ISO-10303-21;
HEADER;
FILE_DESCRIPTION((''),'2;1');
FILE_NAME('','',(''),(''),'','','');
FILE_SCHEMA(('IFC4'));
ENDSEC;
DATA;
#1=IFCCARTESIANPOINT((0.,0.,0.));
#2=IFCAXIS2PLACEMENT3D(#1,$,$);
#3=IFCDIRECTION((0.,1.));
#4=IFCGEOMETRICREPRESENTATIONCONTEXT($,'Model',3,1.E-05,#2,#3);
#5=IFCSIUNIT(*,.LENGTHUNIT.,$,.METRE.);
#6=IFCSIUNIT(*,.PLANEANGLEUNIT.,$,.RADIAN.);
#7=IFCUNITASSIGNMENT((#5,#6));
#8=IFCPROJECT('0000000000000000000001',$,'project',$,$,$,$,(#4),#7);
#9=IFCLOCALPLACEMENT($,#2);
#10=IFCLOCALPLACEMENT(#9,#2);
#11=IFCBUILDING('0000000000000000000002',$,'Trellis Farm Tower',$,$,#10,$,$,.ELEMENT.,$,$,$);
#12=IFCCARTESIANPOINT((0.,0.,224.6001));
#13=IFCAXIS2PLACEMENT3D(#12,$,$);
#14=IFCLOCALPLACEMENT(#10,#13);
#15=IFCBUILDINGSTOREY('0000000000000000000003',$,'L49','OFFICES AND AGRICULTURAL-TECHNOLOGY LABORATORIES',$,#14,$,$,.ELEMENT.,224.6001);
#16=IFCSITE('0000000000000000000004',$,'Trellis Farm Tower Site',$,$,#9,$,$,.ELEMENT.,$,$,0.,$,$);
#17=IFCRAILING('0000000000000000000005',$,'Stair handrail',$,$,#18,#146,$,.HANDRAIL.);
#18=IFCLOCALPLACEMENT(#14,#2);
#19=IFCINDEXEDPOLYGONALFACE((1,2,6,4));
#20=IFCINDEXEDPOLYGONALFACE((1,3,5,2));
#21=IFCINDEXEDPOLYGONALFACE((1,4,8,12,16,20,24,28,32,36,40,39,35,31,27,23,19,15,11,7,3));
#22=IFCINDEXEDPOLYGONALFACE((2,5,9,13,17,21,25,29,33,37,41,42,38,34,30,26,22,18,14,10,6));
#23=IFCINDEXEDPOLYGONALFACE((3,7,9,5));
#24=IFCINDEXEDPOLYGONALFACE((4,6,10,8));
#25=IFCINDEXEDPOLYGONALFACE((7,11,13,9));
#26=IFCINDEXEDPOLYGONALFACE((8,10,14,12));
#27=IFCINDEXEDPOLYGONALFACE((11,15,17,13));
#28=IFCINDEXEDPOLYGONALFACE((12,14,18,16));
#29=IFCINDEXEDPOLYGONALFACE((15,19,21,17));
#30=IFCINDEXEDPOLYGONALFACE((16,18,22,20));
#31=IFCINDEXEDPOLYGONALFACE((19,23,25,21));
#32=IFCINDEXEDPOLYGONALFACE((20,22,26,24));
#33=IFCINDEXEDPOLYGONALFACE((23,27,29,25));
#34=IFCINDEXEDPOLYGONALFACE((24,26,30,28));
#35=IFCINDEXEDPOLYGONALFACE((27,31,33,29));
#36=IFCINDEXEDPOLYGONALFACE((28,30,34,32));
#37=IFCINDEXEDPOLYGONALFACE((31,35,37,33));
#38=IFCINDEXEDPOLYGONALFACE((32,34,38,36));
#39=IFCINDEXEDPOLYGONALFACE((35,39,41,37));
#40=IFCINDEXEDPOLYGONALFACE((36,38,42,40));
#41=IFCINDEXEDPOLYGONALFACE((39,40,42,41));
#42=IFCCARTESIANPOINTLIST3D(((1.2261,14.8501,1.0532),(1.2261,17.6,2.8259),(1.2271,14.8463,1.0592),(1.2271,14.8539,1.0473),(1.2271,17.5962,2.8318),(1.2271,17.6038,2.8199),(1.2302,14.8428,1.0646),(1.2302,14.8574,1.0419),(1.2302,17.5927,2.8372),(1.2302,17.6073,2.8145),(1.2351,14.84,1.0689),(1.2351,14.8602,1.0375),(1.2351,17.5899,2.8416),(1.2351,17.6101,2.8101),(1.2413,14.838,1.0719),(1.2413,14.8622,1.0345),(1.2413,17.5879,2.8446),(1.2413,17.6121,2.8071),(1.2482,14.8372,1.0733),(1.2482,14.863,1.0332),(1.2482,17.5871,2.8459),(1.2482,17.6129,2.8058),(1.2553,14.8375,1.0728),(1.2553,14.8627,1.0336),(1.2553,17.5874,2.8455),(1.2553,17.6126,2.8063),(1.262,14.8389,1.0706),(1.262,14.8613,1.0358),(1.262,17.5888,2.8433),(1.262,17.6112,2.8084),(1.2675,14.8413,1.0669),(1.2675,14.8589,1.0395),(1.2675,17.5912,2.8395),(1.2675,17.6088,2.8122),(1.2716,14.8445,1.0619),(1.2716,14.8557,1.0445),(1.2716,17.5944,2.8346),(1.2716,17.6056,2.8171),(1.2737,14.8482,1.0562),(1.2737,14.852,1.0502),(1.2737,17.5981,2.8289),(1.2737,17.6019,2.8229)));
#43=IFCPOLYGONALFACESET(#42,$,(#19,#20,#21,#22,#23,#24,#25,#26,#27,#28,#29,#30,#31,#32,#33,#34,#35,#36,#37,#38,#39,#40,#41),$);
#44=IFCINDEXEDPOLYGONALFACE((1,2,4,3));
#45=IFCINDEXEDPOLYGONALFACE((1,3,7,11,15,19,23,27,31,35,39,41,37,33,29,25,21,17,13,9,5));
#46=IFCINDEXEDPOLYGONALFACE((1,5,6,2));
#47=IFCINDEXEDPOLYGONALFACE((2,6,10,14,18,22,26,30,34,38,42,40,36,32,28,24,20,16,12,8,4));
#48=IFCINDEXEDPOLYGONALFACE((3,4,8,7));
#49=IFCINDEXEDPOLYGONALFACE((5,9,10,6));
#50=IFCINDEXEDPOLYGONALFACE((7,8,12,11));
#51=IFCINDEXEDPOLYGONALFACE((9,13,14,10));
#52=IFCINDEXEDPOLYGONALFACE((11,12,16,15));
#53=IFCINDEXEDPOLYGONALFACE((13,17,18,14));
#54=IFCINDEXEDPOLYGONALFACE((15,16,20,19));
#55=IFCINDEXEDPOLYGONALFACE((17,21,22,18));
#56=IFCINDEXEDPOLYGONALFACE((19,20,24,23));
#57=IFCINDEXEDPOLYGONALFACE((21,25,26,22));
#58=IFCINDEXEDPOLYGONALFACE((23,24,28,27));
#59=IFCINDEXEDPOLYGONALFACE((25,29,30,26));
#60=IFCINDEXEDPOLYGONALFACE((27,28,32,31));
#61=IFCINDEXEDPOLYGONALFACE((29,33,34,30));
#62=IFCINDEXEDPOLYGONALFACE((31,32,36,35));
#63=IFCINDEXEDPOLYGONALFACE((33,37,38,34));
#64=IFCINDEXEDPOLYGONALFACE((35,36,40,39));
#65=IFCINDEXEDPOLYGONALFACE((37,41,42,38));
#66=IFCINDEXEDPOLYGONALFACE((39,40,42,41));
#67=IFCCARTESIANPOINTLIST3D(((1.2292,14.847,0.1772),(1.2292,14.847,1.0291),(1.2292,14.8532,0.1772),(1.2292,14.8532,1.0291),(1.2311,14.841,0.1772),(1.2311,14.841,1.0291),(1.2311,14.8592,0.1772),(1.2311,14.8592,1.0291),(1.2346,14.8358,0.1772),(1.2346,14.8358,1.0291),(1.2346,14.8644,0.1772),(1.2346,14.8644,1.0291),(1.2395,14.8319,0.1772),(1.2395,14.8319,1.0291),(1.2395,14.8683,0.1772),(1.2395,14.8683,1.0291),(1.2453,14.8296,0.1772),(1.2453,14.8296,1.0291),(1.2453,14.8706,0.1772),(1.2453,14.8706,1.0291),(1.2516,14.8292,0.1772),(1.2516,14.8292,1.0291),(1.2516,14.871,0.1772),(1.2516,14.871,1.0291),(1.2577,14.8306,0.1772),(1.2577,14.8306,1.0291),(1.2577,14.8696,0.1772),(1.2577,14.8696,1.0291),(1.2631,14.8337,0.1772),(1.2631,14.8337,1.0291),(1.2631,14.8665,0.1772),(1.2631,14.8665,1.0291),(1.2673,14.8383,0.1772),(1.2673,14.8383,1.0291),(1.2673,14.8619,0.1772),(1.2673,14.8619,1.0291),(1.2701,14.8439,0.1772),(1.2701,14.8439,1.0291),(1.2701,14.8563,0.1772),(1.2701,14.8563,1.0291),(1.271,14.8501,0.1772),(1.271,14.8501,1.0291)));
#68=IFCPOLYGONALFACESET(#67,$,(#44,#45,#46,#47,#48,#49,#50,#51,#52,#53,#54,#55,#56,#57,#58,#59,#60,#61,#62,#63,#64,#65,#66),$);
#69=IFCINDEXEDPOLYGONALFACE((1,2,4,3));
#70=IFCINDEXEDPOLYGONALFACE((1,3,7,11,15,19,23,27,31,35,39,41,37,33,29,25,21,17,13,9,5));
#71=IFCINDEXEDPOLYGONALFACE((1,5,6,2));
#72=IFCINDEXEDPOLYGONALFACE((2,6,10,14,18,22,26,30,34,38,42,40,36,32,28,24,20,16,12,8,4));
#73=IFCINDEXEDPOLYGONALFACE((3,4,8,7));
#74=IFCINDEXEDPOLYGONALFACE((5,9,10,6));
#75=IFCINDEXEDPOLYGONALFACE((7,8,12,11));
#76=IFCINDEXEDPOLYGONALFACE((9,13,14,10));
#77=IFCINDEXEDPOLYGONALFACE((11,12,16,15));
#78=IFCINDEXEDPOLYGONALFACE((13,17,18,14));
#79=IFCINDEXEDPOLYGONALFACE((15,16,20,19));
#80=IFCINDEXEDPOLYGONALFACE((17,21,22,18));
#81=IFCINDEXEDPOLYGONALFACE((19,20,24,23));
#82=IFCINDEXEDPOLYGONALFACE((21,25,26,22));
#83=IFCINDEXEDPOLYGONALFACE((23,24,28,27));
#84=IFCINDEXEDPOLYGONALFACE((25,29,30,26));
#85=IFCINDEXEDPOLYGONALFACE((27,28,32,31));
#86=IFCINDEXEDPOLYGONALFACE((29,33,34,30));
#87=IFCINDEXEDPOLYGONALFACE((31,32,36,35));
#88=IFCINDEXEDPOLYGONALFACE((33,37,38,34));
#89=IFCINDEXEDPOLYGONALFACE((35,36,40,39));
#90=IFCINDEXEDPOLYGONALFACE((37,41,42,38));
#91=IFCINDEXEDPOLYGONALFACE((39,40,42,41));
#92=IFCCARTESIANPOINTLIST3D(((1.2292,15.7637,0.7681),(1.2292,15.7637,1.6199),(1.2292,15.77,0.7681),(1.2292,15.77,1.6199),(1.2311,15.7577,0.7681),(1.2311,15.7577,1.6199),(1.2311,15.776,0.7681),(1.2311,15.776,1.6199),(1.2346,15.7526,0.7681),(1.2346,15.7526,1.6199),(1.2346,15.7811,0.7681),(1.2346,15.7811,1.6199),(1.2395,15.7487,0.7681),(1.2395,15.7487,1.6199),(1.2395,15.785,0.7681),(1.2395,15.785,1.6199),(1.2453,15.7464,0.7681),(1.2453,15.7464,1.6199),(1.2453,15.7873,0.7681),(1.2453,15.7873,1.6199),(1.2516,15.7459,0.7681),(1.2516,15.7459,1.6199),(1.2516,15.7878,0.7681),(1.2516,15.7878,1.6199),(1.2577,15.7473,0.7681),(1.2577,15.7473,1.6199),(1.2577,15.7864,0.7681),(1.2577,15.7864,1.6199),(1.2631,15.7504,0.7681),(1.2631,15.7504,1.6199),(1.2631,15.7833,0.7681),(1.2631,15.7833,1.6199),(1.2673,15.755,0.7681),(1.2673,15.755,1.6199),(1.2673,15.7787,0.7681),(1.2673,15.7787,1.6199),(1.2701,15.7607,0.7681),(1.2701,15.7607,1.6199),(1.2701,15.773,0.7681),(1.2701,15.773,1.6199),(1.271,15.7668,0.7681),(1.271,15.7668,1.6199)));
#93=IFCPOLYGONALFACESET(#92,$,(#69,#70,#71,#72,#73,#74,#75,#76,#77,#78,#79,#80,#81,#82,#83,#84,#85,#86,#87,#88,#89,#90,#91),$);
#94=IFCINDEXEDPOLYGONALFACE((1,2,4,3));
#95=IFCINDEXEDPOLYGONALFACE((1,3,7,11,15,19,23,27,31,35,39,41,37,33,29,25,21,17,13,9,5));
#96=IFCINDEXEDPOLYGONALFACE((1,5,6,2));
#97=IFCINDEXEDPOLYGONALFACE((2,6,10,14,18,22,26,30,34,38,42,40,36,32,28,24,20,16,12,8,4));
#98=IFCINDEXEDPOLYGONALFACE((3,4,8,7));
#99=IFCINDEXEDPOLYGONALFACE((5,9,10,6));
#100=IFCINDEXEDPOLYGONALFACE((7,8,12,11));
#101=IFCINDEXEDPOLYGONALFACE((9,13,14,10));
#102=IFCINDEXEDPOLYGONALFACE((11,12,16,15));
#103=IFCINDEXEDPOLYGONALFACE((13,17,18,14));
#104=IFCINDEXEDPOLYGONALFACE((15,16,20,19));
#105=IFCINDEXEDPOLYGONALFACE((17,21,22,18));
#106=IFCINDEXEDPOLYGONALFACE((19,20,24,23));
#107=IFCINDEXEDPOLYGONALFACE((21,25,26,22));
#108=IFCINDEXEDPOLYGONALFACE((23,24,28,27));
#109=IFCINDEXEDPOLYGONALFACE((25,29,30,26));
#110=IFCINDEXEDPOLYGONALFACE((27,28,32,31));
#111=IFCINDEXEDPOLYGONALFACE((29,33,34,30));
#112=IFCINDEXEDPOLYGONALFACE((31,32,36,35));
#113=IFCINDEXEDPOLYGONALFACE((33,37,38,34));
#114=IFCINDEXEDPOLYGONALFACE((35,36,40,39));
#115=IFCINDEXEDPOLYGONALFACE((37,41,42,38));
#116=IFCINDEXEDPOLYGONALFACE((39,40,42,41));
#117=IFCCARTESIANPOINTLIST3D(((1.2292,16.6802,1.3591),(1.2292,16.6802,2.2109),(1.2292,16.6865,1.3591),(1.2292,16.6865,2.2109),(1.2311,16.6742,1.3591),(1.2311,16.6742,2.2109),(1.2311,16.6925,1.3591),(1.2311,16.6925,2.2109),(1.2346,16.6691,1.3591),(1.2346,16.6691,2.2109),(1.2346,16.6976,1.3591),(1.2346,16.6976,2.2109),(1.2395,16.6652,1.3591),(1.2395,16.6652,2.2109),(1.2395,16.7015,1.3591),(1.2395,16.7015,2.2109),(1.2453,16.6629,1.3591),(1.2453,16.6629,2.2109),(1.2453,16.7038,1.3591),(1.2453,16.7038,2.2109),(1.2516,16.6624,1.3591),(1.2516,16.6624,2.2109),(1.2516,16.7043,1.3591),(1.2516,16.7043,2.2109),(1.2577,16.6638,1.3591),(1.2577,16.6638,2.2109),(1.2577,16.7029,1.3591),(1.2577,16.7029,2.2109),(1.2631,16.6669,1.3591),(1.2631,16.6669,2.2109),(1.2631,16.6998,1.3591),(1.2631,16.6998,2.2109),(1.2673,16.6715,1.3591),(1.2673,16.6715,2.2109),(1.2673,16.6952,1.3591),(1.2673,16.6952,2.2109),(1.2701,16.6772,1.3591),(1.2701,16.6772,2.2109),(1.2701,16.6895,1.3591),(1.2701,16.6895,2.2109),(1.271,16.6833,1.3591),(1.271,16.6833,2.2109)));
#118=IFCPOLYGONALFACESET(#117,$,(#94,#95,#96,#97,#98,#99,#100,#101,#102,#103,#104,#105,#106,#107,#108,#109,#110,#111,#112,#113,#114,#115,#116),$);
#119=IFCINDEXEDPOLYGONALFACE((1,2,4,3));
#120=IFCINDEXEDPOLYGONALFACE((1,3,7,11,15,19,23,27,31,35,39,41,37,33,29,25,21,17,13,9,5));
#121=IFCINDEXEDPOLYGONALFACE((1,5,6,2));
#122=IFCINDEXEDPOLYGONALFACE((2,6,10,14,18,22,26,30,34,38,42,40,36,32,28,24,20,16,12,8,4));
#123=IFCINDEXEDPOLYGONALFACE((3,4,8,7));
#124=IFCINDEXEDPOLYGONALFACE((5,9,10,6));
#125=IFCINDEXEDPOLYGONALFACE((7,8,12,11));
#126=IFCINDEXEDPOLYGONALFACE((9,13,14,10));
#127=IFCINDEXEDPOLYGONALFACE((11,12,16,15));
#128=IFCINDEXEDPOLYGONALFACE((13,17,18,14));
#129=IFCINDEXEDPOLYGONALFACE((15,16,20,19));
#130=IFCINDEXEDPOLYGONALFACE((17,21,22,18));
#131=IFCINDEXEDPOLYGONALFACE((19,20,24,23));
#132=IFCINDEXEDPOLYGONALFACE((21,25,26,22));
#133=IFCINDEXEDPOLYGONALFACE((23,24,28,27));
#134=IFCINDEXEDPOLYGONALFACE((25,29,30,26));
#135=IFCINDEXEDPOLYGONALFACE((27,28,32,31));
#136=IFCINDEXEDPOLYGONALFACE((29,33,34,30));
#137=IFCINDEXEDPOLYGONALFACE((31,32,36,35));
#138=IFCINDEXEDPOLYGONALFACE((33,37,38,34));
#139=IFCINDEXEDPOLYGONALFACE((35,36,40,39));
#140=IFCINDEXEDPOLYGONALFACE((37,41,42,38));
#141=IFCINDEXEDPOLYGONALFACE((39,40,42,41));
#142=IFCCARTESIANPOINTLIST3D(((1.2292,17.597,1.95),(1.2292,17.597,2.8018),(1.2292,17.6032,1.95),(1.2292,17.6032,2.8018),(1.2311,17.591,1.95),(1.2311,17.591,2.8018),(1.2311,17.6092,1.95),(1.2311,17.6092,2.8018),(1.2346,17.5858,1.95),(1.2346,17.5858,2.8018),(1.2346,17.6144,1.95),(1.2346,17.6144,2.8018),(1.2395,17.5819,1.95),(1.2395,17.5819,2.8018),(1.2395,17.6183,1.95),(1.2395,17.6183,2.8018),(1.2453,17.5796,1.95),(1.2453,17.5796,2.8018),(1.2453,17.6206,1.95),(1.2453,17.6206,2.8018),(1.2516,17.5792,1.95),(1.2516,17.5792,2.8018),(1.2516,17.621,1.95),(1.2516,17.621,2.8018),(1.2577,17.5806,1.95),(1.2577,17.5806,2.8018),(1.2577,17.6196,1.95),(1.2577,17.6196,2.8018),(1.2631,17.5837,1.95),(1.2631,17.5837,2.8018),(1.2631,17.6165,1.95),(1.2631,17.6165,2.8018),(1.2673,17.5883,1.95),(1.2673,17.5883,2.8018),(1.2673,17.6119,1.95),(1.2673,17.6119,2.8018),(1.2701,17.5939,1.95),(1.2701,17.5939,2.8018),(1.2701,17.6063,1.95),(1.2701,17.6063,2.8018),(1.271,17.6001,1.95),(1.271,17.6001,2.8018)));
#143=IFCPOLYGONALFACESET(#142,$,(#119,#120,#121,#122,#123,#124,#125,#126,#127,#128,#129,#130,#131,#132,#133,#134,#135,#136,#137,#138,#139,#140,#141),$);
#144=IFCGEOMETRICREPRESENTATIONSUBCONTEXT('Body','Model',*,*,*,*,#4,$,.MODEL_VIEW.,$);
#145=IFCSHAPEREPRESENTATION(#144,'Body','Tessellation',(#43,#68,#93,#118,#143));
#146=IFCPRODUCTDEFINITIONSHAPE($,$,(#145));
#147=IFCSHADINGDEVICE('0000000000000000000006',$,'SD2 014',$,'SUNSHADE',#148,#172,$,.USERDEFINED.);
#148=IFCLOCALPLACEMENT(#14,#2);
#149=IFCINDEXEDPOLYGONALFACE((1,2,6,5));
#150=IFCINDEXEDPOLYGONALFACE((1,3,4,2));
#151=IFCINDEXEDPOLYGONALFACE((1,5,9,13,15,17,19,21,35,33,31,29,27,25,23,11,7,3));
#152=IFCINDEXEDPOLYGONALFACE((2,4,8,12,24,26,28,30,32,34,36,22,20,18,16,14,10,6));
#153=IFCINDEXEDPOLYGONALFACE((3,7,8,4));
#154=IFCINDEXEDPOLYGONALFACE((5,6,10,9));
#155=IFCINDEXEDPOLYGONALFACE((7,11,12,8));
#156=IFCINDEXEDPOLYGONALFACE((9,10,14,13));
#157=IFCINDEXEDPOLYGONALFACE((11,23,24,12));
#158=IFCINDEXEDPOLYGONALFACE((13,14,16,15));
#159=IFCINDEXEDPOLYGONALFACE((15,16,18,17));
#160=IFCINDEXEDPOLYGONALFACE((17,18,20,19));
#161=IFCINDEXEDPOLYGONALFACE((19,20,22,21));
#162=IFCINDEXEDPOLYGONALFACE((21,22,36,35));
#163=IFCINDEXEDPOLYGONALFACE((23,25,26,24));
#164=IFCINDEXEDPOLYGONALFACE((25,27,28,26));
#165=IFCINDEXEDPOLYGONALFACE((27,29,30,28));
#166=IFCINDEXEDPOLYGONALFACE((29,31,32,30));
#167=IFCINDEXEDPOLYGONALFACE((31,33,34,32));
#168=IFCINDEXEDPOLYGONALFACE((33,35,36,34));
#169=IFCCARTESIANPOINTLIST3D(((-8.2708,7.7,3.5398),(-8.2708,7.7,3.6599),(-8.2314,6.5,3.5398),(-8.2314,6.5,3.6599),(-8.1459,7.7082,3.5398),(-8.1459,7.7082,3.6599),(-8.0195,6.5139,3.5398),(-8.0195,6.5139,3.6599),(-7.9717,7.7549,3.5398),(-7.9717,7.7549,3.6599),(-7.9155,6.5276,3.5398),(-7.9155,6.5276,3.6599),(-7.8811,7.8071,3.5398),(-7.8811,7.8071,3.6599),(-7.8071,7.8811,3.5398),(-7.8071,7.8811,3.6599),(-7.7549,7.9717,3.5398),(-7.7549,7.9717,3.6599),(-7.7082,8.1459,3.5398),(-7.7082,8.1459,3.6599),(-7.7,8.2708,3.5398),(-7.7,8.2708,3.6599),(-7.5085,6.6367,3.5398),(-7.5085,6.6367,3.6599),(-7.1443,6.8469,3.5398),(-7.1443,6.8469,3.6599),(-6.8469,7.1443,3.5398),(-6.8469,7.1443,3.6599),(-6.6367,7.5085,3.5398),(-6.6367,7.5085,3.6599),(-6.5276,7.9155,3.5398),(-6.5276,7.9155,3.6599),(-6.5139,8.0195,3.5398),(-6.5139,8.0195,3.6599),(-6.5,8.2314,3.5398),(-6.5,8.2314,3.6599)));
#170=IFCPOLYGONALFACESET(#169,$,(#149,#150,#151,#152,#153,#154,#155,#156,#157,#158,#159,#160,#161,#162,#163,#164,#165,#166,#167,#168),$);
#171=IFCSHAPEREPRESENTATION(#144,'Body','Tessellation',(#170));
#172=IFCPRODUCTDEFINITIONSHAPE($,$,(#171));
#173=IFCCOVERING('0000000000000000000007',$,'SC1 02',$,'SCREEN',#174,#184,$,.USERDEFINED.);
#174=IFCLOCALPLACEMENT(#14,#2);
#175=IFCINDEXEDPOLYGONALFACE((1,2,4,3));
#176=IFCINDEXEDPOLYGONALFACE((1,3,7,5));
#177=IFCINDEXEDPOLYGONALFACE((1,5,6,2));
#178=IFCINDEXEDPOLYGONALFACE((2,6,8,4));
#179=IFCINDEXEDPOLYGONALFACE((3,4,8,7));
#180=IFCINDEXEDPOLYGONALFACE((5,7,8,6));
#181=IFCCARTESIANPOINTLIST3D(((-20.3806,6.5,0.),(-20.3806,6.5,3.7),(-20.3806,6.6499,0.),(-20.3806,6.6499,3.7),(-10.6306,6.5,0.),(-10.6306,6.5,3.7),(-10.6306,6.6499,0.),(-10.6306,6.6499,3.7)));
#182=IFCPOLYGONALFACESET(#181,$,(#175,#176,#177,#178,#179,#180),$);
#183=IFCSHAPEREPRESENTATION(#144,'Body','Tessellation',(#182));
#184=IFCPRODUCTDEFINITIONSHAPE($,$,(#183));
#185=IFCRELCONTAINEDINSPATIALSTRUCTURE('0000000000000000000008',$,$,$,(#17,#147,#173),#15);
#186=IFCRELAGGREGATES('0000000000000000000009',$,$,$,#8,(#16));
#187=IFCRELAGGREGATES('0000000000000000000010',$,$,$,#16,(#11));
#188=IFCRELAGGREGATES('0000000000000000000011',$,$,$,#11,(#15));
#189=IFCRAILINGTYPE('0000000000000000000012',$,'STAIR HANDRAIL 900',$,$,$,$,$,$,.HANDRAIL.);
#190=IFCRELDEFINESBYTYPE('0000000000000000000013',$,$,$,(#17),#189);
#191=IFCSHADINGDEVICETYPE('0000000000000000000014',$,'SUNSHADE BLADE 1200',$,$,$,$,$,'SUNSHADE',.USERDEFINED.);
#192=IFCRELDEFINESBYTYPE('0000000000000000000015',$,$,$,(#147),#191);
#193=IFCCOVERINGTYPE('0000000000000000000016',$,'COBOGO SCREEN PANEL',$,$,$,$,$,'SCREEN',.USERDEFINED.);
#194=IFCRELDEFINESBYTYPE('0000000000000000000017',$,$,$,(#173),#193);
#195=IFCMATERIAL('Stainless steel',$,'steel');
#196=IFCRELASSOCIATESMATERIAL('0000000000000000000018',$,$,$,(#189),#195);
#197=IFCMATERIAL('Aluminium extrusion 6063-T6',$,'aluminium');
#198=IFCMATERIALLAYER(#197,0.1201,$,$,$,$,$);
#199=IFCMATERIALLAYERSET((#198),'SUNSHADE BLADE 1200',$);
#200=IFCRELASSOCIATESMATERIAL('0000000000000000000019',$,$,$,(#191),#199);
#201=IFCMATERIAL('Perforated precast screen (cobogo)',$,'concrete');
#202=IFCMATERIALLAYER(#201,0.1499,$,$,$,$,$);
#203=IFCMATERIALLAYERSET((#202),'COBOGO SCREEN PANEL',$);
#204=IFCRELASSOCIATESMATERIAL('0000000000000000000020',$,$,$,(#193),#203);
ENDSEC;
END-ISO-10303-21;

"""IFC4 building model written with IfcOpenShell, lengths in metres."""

from ifc_helpers import new_model, si_unit, direction, frame, origin, origin_2d, place, context, subcontext, project, spatial, polyline, circle, outline, extrude, source, transform, mapped, material, layer, layer_set, type_object, element, save


model = new_model("IFC4")

# Units and contexts
model_context = context("Model", 3, precision=1e-05, world=origin(), true_north=direction((0.0, 1.0)))
body_context = subcontext(model_context, "Body", "Model", "MODEL_VIEW")
ifc_project = project(units=[si_unit("LENGTHUNIT", "METRE"), si_unit("PLANEANGLEUNIT", "RADIAN")], contexts=[model_context])

# Site, building, storey
site_placement = place(None, origin())
site = spatial("IfcSite", under=ifc_project, at=site_placement, Name="Trellis Farm Tower Site", CompositionType="ELEMENT", RefElevation=0.0)
building_placement = place(site_placement, origin())
building = spatial("IfcBuilding", under=site, at=building_placement, Name="Trellis Farm Tower", CompositionType="ELEMENT")
storey_placement = place(building_placement, frame((0.0, 0.0, 224.6001)))
storey = spatial("IfcBuildingStorey", under=building, at=storey_placement, Name="L49", Description="OFFICES AND AGRICULTURAL-TECHNOLOGY LABORATORIES", CompositionType="ELEMENT", Elevation=224.6001)

# Shared definitions
placement_1 = place(storey_placement, origin())
ifc_material_1 = material(Name="Aluminium extrusion 6063-T6", Category="aluminium")

# Railing
ifc_material_2 = material(Name="Stainless steel", Category="steel")
railing_type = type_object("IfcRailingType", Name="STAIR HANDRAIL 900", PredefinedType="HANDRAIL", material=ifc_material_2)
shared_shape_1 = source(origin(), body_context, "Body", "SweptSolid", [
    extrude(circle(Radius=0.0239, at=origin_2d()), frame((0.0, 0.0, 0.876), z_axis=(0.0, 0.840504, 0.541806), x_axis=(-1.0, 0.0, 0.0)), (0.0, 0.0, 1.0), 3.2717),
    extrude(circle(Radius=0.021, at=origin_2d()), origin(), (0.0, 0.0, 1.0), 0.8518),
    extrude(circle(Radius=0.021, at=origin_2d()), frame((0.0, 0.9167, 0.5908)), (0.0, 0.0, 1.0), 0.8518),
    extrude(circle(Radius=0.021, at=origin_2d()), frame((0.0, 1.8333, 1.1819)), (0.0, 0.0, 1.0), 0.8518),
    extrude(circle(Radius=0.021, at=origin_2d()), frame((0.0, 2.75, 1.7727)), (0.0, 0.0, 1.0), 0.8518),
])
railing_placement = place(storey_placement, frame((1.25, 14.8501, 0.1772)))
element("IfcRailing", 1, at=railing_placement, inside=storey, type_object=railing_type, Name="Stair handrail", PredefinedType="HANDRAIL", context=body_context, shape_type="MappedRepresentation", body=[
    mapped(shared_shape_1, transform((0.0, 0.0, 0.0))),
])

# Shading device
ifc_layer_1 = layer(ifc_material_1, 0.1201)
ifc_layer_set_1 = layer_set([ifc_layer_1], Name="SUNSHADE BLADE 1200")
shading_device_type_1 = type_object("IfcShadingDeviceType", Name="SUNSHADE BLADE 1200", ElementType="SUNSHADE", PredefinedType="USERDEFINED", material=ifc_layer_set_1)
shared_shape_2 = source(origin(), body_context, "Body", "SweptSolid", [
    extrude(outline(polyline([(-7.7, 8.2708), (-7.7087, 8.1372), (-7.707, 8.1501), (-7.7549, 7.9717), (-7.8071, 7.8811), (-7.8811, 7.8071), (-7.9717, 7.7549), (-8.1501, 7.707), (-8.1372, 7.7087), (-8.2708, 7.7), (-8.2314, 6.5), (-8.0195, 6.5139), (-7.9155, 6.5276), (-7.5085, 6.6367), (-7.1443, 6.8469), (-6.8469, 7.1443), (-6.6367, 7.5085), (-6.5276, 7.9155), (-6.5139, 8.0195), (-6.5, 8.2314), (-7.7, 8.2708)])), origin(), (0.0, 0.0, 1.0), 0.1201),
])
placement_2 = place(storey_placement, frame((0.0, 0.0, 3.5398)))
element("IfcShadingDevice", 2, at=placement_2, inside=storey, type_object=shading_device_type_1, Name="SD2 014", ObjectType="SUNSHADE", PredefinedType="USERDEFINED", context=body_context, shape_type="MappedRepresentation", body=[
    mapped(shared_shape_2, transform((0.0, 0.0, 0.0))),
])

# Covering
ifc_material_3 = material(Name="Perforated precast screen (cobogo)", Category="concrete")
ifc_layer_2 = layer(ifc_material_3, 0.1499)
ifc_layer_set_2 = layer_set([ifc_layer_2], Name="COBOGO SCREEN PANEL")
covering_type = type_object("IfcCoveringType", Name="COBOGO SCREEN PANEL", ElementType="SCREEN", PredefinedType="USERDEFINED", material=ifc_layer_set_2)
shared_shape_3 = source(origin(), body_context, "Body", "SweptSolid", [
    extrude(outline(polyline([(-10.6306, 6.6499), (-20.3806, 6.6499), (-20.3806, 6.5), (-10.6306, 6.5), (-10.6306, 6.6499)])), origin(), (0.0, 0.0, 1.0), 3.7),
])
element("IfcCovering", 3, at=placement_1, inside=storey, type_object=covering_type, Name="SC1 02", ObjectType="SCREEN", PredefinedType="USERDEFINED", context=body_context, shape_type="MappedRepresentation", body=[
    mapped(shared_shape_3, transform((0.0, 0.0, 0.0))),
])

save(model, "model.ifc")
